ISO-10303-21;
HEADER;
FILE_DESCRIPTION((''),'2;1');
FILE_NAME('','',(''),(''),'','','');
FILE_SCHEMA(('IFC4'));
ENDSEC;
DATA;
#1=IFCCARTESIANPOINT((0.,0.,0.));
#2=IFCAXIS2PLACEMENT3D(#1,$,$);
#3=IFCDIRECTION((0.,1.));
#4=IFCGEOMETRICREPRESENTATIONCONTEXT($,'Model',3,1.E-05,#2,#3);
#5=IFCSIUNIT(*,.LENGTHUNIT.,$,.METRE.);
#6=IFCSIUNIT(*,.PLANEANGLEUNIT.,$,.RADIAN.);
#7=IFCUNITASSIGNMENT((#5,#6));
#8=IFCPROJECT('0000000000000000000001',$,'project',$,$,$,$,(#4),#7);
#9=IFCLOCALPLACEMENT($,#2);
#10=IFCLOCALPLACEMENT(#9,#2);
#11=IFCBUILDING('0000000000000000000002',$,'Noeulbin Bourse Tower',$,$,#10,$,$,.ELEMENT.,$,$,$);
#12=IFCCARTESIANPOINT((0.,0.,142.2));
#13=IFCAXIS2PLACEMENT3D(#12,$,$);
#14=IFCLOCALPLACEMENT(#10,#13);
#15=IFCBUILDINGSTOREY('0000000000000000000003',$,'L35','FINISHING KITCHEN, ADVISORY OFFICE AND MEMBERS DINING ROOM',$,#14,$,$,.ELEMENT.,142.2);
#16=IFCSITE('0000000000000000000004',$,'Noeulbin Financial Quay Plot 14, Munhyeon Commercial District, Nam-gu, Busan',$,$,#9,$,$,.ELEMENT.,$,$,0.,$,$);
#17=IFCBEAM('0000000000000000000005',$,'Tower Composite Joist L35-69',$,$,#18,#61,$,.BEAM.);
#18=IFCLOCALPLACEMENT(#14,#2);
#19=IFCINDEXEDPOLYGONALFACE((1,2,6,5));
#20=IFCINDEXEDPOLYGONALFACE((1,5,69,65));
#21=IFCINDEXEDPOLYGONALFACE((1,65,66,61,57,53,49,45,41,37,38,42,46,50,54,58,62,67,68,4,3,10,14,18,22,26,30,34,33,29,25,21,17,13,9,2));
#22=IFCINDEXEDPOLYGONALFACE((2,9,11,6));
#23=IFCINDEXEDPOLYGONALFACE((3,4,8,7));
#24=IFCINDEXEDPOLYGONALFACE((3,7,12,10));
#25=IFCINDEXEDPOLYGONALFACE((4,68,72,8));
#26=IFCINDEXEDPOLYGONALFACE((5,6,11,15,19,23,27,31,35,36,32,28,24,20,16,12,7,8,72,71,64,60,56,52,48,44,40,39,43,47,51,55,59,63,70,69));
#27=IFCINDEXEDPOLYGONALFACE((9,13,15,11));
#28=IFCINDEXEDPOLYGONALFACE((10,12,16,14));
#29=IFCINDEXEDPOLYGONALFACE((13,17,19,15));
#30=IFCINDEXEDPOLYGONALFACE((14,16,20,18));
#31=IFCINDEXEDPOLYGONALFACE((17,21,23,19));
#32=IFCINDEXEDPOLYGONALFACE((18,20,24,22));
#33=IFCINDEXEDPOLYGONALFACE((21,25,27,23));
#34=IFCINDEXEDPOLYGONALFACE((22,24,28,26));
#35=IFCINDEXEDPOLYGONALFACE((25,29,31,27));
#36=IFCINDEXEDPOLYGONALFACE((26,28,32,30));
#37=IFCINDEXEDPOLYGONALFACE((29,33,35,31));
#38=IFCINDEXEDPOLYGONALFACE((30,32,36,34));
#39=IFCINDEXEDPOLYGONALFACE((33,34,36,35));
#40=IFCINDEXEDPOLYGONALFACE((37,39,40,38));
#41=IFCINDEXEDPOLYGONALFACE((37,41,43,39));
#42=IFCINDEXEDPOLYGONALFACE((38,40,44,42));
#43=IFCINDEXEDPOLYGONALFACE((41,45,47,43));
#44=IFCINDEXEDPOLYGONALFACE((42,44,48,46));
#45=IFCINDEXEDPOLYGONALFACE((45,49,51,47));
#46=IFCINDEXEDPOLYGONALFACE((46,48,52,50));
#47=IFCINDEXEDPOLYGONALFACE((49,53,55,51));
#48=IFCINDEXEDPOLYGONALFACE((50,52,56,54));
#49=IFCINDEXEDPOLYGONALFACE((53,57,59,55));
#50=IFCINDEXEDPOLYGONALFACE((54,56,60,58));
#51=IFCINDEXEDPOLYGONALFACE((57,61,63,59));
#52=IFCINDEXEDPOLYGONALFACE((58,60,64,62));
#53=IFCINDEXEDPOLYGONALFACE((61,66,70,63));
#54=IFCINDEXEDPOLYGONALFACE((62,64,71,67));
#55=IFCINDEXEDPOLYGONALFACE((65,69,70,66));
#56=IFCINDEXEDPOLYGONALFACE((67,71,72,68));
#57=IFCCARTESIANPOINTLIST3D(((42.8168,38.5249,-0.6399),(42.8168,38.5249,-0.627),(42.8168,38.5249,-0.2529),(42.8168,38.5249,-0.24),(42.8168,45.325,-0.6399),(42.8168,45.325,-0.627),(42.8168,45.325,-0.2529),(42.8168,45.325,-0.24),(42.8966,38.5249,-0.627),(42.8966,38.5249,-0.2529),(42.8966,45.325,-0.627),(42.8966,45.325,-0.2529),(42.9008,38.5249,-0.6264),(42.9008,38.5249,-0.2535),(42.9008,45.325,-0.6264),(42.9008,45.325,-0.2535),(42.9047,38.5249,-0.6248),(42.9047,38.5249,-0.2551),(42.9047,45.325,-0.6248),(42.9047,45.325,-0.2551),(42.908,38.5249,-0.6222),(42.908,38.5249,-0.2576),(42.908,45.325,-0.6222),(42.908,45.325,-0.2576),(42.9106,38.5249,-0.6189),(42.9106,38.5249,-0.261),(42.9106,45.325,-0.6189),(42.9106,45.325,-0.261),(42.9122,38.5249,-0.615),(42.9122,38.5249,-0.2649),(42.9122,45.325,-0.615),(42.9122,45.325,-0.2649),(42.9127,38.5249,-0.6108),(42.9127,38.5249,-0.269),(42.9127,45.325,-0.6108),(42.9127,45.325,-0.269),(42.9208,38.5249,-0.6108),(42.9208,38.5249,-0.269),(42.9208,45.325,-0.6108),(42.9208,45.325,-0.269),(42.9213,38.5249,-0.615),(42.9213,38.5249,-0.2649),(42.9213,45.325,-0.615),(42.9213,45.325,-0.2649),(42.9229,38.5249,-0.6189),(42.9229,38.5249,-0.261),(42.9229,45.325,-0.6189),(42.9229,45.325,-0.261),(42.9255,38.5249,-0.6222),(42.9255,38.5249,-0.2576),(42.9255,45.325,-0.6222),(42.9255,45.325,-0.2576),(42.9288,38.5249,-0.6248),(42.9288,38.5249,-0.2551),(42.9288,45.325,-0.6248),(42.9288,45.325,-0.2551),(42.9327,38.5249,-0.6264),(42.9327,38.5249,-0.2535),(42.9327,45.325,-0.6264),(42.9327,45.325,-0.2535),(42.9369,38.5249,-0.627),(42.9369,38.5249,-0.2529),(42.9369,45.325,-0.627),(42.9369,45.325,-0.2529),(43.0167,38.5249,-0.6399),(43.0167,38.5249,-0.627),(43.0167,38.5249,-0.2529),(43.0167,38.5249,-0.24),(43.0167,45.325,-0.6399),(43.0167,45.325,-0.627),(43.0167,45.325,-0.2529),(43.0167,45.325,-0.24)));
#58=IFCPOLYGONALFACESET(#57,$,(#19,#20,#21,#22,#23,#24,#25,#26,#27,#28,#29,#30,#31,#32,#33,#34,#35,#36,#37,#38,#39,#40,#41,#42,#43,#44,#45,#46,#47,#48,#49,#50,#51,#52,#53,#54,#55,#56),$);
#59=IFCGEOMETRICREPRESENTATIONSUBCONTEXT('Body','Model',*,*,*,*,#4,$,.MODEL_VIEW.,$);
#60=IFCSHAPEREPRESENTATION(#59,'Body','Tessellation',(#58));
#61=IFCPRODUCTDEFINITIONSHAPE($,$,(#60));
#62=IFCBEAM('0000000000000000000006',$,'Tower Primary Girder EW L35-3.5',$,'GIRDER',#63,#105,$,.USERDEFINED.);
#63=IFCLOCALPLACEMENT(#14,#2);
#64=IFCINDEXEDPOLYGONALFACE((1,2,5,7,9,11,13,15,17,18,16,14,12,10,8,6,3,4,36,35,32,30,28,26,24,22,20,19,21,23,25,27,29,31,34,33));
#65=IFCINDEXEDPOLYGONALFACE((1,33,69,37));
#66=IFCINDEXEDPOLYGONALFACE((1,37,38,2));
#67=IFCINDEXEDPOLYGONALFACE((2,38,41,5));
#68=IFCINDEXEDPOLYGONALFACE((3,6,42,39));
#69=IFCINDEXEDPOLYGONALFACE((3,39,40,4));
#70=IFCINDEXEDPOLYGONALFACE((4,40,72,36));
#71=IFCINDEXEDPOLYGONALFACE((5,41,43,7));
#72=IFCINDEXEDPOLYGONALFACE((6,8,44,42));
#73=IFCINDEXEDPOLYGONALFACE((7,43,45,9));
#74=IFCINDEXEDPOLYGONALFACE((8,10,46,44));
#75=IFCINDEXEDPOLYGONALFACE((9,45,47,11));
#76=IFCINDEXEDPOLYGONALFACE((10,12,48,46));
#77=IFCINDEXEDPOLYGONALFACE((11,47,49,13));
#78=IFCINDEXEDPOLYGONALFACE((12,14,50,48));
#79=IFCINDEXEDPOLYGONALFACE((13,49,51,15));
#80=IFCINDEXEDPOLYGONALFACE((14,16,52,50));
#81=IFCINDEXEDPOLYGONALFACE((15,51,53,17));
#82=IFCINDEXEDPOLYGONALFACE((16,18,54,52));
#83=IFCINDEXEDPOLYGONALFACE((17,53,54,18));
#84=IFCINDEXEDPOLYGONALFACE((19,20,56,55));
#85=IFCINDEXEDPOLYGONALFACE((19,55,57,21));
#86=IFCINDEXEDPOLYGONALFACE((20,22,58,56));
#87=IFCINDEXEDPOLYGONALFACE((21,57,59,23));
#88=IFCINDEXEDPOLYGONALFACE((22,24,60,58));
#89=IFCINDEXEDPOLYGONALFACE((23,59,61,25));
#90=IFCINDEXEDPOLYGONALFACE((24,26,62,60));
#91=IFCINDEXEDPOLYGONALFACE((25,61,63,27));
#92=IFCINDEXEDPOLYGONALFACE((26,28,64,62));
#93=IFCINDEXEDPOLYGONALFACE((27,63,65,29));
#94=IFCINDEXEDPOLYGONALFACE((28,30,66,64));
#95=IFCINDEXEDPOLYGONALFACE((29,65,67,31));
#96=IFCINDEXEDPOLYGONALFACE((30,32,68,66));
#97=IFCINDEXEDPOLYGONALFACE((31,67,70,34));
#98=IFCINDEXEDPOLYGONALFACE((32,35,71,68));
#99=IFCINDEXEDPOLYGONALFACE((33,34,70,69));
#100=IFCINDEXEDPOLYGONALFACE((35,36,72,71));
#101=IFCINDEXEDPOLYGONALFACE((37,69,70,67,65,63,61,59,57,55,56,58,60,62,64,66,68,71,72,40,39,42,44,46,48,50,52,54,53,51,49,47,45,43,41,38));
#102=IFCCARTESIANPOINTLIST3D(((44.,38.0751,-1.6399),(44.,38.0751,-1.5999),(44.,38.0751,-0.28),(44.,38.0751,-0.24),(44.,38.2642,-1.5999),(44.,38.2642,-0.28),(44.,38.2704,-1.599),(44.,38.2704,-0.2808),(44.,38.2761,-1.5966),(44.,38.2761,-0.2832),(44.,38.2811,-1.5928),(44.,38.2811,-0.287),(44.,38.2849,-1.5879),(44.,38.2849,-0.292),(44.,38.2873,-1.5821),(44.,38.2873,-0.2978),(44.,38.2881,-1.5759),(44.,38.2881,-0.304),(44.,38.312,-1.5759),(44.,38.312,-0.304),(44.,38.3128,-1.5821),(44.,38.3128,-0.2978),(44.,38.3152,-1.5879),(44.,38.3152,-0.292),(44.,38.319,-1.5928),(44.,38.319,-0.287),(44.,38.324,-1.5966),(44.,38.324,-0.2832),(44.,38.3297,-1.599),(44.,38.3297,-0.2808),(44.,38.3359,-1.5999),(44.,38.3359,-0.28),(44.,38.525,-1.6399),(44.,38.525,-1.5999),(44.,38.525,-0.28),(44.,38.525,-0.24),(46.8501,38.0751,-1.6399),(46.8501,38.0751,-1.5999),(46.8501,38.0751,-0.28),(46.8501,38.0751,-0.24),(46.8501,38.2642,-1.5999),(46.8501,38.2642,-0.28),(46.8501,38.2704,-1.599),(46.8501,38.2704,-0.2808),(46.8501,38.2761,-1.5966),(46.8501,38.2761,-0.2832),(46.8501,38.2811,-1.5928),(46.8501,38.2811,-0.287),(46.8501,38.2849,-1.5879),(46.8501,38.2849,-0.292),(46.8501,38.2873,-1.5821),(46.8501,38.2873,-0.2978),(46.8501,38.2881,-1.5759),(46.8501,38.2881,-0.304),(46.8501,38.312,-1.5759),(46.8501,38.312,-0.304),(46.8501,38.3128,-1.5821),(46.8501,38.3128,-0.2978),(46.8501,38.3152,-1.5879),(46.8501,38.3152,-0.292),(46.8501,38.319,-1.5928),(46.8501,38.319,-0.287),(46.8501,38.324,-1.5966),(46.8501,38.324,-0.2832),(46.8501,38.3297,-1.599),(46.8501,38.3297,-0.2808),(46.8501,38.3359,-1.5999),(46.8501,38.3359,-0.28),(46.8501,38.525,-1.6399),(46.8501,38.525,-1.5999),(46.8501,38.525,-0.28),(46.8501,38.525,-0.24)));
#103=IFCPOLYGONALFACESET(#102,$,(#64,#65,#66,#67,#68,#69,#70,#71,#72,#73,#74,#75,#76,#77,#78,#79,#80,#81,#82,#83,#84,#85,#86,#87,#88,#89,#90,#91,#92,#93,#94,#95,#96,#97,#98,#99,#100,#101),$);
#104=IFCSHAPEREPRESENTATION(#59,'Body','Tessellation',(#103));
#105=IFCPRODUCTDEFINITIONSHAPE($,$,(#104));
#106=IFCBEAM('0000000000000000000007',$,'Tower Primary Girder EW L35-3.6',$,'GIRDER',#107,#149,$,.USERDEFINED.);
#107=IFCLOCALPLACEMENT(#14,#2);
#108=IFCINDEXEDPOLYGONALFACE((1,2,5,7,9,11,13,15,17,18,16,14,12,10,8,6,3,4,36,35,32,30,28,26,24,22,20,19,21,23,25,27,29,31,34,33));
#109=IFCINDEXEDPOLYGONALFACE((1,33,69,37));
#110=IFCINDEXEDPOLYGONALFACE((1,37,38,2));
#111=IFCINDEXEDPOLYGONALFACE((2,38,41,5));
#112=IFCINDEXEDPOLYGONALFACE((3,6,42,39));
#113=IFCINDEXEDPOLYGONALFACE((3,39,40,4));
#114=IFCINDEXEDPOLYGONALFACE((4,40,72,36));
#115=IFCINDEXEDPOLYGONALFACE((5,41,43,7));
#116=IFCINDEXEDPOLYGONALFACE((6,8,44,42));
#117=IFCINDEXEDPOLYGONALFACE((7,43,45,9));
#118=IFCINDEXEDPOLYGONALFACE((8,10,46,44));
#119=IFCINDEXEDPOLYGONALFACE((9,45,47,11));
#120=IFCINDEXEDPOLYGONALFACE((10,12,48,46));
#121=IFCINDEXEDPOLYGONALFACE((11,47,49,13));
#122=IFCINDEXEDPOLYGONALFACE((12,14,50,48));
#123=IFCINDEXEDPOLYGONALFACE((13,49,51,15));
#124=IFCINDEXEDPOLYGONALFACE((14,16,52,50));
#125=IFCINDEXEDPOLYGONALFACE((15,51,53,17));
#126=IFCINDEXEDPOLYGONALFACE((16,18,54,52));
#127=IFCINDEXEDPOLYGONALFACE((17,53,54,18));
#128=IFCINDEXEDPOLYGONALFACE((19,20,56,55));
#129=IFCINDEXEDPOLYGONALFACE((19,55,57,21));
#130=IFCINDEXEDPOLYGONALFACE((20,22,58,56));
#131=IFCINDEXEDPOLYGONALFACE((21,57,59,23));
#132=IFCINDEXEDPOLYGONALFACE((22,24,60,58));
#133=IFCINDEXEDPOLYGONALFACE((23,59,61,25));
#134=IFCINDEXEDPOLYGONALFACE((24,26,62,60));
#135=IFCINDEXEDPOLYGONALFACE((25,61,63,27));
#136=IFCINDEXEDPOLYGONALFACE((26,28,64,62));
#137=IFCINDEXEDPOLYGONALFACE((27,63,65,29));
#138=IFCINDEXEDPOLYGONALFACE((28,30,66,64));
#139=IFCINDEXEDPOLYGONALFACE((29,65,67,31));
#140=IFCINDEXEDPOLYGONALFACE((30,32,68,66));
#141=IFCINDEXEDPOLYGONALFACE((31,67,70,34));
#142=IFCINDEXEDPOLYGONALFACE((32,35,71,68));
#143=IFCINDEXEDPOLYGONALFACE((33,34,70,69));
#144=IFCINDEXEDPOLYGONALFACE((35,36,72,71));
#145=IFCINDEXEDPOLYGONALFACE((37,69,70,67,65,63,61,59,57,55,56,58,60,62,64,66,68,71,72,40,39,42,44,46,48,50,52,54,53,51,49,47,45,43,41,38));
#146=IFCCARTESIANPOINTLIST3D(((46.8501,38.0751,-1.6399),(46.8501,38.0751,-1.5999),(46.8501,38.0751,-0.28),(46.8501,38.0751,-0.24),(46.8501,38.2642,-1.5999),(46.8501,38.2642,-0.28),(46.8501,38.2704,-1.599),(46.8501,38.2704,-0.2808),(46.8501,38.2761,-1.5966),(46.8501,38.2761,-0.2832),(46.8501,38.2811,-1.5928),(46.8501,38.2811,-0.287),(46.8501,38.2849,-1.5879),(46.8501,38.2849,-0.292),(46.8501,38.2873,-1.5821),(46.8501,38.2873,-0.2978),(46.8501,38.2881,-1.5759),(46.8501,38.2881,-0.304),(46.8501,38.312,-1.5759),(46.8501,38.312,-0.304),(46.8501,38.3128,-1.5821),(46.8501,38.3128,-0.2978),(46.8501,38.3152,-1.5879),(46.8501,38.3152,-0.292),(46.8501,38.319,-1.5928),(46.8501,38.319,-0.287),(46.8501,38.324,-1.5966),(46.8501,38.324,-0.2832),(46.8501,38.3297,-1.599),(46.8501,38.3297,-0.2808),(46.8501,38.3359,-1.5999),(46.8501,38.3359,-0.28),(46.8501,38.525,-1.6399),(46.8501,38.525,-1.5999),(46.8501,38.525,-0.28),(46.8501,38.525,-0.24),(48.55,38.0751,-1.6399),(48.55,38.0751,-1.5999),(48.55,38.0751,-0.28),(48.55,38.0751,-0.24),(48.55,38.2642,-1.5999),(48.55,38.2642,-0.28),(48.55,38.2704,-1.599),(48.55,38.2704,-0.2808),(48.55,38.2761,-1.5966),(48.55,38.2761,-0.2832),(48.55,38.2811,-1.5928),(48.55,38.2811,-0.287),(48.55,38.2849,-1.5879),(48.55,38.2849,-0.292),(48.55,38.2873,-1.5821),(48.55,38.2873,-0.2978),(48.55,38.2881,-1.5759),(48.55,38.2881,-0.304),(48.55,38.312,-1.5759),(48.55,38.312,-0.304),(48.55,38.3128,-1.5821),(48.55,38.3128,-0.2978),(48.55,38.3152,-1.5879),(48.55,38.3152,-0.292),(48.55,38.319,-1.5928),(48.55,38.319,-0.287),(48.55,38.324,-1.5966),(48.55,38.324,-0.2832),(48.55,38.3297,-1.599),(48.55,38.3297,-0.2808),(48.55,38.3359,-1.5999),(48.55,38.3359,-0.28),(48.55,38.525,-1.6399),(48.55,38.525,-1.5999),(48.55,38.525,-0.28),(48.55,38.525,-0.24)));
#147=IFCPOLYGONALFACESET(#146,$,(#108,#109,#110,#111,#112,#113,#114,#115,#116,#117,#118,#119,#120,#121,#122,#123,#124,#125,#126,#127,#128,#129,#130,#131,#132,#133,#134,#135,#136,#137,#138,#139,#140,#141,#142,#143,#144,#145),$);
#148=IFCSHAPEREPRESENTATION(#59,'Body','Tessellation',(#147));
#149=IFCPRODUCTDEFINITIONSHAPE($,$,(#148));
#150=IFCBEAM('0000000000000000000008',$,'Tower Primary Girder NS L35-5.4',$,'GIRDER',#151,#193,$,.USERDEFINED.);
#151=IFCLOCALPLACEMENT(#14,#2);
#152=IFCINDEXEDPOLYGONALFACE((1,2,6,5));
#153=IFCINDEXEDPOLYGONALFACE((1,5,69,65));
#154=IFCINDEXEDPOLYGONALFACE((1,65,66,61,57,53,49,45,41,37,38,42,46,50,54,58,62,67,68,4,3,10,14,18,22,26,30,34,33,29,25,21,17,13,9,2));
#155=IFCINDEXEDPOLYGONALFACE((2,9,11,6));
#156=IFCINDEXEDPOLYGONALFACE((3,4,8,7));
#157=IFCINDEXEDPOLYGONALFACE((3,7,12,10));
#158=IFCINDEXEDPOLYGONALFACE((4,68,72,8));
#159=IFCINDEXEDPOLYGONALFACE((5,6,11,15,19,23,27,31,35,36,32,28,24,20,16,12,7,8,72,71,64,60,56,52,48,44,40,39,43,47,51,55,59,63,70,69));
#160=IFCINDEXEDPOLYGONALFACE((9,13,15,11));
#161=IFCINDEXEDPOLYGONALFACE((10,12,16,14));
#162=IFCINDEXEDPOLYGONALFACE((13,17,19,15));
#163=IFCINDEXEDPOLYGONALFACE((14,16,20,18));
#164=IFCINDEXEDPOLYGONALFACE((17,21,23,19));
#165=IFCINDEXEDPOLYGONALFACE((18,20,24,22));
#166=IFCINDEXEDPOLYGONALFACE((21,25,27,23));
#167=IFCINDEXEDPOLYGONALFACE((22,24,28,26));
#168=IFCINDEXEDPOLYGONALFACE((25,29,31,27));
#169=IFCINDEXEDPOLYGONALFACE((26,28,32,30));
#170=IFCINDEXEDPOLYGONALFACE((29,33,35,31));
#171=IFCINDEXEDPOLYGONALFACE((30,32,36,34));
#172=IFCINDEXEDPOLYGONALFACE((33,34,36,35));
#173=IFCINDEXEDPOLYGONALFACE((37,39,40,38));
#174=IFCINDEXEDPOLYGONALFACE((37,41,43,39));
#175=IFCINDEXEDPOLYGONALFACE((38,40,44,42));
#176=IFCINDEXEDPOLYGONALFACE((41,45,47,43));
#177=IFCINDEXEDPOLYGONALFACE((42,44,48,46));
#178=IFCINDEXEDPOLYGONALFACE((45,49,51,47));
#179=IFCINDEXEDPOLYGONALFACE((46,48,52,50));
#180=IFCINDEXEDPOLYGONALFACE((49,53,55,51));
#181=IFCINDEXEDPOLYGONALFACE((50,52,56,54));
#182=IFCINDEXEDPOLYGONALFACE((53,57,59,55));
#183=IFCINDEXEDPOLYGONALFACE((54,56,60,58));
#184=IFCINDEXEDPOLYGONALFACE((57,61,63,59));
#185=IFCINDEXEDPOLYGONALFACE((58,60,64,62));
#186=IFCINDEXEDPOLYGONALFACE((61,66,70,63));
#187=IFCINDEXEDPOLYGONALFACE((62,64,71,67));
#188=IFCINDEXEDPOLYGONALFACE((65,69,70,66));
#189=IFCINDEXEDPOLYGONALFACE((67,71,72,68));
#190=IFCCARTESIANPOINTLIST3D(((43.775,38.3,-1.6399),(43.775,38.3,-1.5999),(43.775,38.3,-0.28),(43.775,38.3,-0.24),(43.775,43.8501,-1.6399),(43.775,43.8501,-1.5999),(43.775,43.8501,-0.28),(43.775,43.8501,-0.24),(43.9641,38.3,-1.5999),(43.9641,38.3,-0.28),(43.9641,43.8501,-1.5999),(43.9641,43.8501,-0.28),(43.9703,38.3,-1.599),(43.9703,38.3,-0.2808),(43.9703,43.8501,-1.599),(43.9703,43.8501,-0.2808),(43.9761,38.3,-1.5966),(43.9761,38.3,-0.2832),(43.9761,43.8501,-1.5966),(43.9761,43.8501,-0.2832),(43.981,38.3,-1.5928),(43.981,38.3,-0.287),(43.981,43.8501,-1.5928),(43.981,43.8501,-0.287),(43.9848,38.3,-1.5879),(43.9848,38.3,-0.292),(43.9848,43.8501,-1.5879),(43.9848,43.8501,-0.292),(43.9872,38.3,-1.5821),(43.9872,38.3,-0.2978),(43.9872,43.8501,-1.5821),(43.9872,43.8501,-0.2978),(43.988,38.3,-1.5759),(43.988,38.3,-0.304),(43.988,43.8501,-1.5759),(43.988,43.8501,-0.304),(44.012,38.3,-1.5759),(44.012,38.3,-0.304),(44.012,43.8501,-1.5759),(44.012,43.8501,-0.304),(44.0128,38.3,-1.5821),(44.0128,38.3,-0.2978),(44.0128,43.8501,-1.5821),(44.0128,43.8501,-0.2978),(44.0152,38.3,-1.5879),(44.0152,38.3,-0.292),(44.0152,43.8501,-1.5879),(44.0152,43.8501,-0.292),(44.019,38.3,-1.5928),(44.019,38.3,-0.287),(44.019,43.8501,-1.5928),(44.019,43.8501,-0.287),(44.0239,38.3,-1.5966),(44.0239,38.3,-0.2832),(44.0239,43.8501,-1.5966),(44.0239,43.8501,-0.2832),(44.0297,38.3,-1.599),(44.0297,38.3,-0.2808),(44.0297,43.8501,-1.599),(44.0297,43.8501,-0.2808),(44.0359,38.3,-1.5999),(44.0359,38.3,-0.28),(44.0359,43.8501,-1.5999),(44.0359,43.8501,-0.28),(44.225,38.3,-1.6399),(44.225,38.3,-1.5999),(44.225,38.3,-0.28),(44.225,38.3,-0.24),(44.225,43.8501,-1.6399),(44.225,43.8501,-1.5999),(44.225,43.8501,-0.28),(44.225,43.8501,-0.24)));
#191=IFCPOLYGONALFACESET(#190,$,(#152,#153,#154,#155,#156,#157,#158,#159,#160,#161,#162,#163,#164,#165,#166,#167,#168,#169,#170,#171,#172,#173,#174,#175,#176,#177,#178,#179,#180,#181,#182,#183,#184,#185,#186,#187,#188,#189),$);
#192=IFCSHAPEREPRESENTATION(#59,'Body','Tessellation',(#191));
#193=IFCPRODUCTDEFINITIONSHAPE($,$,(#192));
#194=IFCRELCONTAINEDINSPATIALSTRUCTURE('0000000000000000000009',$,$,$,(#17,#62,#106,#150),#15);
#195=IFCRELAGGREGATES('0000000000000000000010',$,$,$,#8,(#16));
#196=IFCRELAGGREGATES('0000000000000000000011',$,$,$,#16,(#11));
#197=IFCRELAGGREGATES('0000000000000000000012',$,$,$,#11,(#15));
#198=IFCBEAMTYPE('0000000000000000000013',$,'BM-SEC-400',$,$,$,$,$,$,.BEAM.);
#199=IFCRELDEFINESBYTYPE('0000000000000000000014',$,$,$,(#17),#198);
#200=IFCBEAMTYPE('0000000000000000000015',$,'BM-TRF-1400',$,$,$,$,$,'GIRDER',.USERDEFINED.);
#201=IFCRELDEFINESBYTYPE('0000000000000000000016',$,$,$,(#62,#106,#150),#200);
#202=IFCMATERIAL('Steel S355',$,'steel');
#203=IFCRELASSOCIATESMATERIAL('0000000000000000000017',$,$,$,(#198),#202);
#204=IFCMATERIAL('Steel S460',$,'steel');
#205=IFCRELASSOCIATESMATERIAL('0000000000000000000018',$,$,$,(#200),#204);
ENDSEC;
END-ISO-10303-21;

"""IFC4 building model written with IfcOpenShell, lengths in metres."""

from ifc_helpers import new_model, si_unit, direction, frame, origin, origin_2d, place, context, subcontext, project, spatial, i_section, extrude, material, material_profile, profile_set, type_object, element, save


model = new_model("IFC4")

# Units and contexts
model_context = context("Model", 3, precision=1e-05, world=origin(), true_north=direction((0.0, 1.0)))
body_context = subcontext(model_context, "Body", "Model", "MODEL_VIEW")
ifc_project = project(units=[si_unit("LENGTHUNIT", "METRE"), si_unit("PLANEANGLEUNIT", "RADIAN")], contexts=[model_context])

# Site, building, storey
site_placement = place(None, origin())
site = spatial("IfcSite", under=ifc_project, at=site_placement, Name="Noeulbin Financial Quay Plot 14, Munhyeon Commercial District, Nam-gu, Busan", CompositionType="ELEMENT", RefElevation=0.0)
building_placement = place(site_placement, origin())
building = spatial("IfcBuilding", under=site, at=building_placement, Name="Noeulbin Bourse Tower", CompositionType="ELEMENT")
storey_placement = place(building_placement, frame((0.0, 0.0, 142.2)))
storey = spatial("IfcBuildingStorey", under=building, at=storey_placement, Name="L35", Description="FINISHING KITCHEN, ADVISORY OFFICE AND MEMBERS DINING ROOM", CompositionType="ELEMENT", Elevation=142.2)

# Shared definitions
ifc_material_1 = material(Name="Steel S355", Category="steel")

# Beams
ifc_material_profile_1 = material_profile(ifc_material_1, i_section(OverallWidth=0.2, OverallDepth=0.3999, WebThickness=0.0081, FlangeThickness=0.0129, FilletRadius=0.0161, at=origin_2d()), Name="H-400x200x8x13", Category="LoadBearing")
ifc_profile_set_1 = profile_set([ifc_material_profile_1], Name="Steel S355")
beam_type_1 = type_object("IfcBeamType", Name="BM-SEC-400", PredefinedType="BEAM", material=ifc_profile_set_1)
for number, where, z_axis, x_axis, name in (
    (1, (42.9167, 38.5249, -0.4399), (0.0, 1.0, 0.0), (-1.0, 0.0, 0.0), "Tower Composite Joist L35-69"),
):
    element("IfcBeam", number, at=place(storey_placement, frame(where, z_axis=z_axis, x_axis=x_axis)), inside=storey, type_object=beam_type_1, Name=name, PredefinedType="BEAM", context=body_context, shape_type="SweptSolid", body=[
        extrude(i_section(OverallWidth=0.2, OverallDepth=0.3999, WebThickness=0.0081, FlangeThickness=0.0129, FilletRadius=0.0161, at=origin_2d()), origin(), (0.0, 0.0, 1.0), 6.8),
    ])
ifc_material_2 = material(Name="Steel S460", Category="steel")
ifc_material_profile_2 = material_profile(ifc_material_2, i_section(OverallWidth=0.45, OverallDepth=1.3999, WebThickness=0.0239, FlangeThickness=0.04, FilletRadius=0.0239, at=origin_2d()), Name="PG-1400x450x24x40", Category="LoadBearing")
ifc_profile_set_2 = profile_set([ifc_material_profile_2], Name="Steel S460")
beam_type_2 = type_object("IfcBeamType", Name="BM-TRF-1400", ElementType="GIRDER", PredefinedType="USERDEFINED", material=ifc_profile_set_2)
beam_1_placement = place(storey_placement, frame((44.0, 38.3, -0.9399), z_axis=(1.0, 0.0, 0.0), x_axis=(0.0, 1.0, 0.0)))
element("IfcBeam", 2, at=beam_1_placement, inside=storey, type_object=beam_type_2, Name="Tower Primary Girder EW L35-3.5", ObjectType="GIRDER", PredefinedType="USERDEFINED", context=body_context, shape_type="SweptSolid", body=[
    extrude(i_section(OverallWidth=0.45, OverallDepth=1.3999, WebThickness=0.0239, FlangeThickness=0.04, FilletRadius=0.0239, at=origin_2d()), origin(), (0.0, 0.0, 1.0), 2.8501),
])
beam_2_placement = place(storey_placement, frame((46.8501, 38.3, -0.9399), z_axis=(1.0, 0.0, 0.0), x_axis=(0.0, 1.0, 0.0)))
element("IfcBeam", 3, at=beam_2_placement, inside=storey, type_object=beam_type_2, Name="Tower Primary Girder EW L35-3.6", ObjectType="GIRDER", PredefinedType="USERDEFINED", context=body_context, shape_type="SweptSolid", body=[
    extrude(i_section(OverallWidth=0.45, OverallDepth=1.3999, WebThickness=0.0239, FlangeThickness=0.04, FilletRadius=0.0239, at=origin_2d()), origin(), (0.0, 0.0, 1.0), 1.7),
])
beam_3_placement = place(storey_placement, frame((44.0, 38.3, -0.9399), z_axis=(0.0, 1.0, 0.0), x_axis=(-1.0, 0.0, 0.0)))
element("IfcBeam", 4, at=beam_3_placement, inside=storey, type_object=beam_type_2, Name="Tower Primary Girder NS L35-5.4", ObjectType="GIRDER", PredefinedType="USERDEFINED", context=body_context, shape_type="SweptSolid", body=[
    extrude(i_section(OverallWidth=0.45, OverallDepth=1.3999, WebThickness=0.0239, FlangeThickness=0.04, FilletRadius=0.0239, at=origin_2d()), origin(), (0.0, 0.0, 1.0), 5.55),
])

save(model, "model.ifc")
